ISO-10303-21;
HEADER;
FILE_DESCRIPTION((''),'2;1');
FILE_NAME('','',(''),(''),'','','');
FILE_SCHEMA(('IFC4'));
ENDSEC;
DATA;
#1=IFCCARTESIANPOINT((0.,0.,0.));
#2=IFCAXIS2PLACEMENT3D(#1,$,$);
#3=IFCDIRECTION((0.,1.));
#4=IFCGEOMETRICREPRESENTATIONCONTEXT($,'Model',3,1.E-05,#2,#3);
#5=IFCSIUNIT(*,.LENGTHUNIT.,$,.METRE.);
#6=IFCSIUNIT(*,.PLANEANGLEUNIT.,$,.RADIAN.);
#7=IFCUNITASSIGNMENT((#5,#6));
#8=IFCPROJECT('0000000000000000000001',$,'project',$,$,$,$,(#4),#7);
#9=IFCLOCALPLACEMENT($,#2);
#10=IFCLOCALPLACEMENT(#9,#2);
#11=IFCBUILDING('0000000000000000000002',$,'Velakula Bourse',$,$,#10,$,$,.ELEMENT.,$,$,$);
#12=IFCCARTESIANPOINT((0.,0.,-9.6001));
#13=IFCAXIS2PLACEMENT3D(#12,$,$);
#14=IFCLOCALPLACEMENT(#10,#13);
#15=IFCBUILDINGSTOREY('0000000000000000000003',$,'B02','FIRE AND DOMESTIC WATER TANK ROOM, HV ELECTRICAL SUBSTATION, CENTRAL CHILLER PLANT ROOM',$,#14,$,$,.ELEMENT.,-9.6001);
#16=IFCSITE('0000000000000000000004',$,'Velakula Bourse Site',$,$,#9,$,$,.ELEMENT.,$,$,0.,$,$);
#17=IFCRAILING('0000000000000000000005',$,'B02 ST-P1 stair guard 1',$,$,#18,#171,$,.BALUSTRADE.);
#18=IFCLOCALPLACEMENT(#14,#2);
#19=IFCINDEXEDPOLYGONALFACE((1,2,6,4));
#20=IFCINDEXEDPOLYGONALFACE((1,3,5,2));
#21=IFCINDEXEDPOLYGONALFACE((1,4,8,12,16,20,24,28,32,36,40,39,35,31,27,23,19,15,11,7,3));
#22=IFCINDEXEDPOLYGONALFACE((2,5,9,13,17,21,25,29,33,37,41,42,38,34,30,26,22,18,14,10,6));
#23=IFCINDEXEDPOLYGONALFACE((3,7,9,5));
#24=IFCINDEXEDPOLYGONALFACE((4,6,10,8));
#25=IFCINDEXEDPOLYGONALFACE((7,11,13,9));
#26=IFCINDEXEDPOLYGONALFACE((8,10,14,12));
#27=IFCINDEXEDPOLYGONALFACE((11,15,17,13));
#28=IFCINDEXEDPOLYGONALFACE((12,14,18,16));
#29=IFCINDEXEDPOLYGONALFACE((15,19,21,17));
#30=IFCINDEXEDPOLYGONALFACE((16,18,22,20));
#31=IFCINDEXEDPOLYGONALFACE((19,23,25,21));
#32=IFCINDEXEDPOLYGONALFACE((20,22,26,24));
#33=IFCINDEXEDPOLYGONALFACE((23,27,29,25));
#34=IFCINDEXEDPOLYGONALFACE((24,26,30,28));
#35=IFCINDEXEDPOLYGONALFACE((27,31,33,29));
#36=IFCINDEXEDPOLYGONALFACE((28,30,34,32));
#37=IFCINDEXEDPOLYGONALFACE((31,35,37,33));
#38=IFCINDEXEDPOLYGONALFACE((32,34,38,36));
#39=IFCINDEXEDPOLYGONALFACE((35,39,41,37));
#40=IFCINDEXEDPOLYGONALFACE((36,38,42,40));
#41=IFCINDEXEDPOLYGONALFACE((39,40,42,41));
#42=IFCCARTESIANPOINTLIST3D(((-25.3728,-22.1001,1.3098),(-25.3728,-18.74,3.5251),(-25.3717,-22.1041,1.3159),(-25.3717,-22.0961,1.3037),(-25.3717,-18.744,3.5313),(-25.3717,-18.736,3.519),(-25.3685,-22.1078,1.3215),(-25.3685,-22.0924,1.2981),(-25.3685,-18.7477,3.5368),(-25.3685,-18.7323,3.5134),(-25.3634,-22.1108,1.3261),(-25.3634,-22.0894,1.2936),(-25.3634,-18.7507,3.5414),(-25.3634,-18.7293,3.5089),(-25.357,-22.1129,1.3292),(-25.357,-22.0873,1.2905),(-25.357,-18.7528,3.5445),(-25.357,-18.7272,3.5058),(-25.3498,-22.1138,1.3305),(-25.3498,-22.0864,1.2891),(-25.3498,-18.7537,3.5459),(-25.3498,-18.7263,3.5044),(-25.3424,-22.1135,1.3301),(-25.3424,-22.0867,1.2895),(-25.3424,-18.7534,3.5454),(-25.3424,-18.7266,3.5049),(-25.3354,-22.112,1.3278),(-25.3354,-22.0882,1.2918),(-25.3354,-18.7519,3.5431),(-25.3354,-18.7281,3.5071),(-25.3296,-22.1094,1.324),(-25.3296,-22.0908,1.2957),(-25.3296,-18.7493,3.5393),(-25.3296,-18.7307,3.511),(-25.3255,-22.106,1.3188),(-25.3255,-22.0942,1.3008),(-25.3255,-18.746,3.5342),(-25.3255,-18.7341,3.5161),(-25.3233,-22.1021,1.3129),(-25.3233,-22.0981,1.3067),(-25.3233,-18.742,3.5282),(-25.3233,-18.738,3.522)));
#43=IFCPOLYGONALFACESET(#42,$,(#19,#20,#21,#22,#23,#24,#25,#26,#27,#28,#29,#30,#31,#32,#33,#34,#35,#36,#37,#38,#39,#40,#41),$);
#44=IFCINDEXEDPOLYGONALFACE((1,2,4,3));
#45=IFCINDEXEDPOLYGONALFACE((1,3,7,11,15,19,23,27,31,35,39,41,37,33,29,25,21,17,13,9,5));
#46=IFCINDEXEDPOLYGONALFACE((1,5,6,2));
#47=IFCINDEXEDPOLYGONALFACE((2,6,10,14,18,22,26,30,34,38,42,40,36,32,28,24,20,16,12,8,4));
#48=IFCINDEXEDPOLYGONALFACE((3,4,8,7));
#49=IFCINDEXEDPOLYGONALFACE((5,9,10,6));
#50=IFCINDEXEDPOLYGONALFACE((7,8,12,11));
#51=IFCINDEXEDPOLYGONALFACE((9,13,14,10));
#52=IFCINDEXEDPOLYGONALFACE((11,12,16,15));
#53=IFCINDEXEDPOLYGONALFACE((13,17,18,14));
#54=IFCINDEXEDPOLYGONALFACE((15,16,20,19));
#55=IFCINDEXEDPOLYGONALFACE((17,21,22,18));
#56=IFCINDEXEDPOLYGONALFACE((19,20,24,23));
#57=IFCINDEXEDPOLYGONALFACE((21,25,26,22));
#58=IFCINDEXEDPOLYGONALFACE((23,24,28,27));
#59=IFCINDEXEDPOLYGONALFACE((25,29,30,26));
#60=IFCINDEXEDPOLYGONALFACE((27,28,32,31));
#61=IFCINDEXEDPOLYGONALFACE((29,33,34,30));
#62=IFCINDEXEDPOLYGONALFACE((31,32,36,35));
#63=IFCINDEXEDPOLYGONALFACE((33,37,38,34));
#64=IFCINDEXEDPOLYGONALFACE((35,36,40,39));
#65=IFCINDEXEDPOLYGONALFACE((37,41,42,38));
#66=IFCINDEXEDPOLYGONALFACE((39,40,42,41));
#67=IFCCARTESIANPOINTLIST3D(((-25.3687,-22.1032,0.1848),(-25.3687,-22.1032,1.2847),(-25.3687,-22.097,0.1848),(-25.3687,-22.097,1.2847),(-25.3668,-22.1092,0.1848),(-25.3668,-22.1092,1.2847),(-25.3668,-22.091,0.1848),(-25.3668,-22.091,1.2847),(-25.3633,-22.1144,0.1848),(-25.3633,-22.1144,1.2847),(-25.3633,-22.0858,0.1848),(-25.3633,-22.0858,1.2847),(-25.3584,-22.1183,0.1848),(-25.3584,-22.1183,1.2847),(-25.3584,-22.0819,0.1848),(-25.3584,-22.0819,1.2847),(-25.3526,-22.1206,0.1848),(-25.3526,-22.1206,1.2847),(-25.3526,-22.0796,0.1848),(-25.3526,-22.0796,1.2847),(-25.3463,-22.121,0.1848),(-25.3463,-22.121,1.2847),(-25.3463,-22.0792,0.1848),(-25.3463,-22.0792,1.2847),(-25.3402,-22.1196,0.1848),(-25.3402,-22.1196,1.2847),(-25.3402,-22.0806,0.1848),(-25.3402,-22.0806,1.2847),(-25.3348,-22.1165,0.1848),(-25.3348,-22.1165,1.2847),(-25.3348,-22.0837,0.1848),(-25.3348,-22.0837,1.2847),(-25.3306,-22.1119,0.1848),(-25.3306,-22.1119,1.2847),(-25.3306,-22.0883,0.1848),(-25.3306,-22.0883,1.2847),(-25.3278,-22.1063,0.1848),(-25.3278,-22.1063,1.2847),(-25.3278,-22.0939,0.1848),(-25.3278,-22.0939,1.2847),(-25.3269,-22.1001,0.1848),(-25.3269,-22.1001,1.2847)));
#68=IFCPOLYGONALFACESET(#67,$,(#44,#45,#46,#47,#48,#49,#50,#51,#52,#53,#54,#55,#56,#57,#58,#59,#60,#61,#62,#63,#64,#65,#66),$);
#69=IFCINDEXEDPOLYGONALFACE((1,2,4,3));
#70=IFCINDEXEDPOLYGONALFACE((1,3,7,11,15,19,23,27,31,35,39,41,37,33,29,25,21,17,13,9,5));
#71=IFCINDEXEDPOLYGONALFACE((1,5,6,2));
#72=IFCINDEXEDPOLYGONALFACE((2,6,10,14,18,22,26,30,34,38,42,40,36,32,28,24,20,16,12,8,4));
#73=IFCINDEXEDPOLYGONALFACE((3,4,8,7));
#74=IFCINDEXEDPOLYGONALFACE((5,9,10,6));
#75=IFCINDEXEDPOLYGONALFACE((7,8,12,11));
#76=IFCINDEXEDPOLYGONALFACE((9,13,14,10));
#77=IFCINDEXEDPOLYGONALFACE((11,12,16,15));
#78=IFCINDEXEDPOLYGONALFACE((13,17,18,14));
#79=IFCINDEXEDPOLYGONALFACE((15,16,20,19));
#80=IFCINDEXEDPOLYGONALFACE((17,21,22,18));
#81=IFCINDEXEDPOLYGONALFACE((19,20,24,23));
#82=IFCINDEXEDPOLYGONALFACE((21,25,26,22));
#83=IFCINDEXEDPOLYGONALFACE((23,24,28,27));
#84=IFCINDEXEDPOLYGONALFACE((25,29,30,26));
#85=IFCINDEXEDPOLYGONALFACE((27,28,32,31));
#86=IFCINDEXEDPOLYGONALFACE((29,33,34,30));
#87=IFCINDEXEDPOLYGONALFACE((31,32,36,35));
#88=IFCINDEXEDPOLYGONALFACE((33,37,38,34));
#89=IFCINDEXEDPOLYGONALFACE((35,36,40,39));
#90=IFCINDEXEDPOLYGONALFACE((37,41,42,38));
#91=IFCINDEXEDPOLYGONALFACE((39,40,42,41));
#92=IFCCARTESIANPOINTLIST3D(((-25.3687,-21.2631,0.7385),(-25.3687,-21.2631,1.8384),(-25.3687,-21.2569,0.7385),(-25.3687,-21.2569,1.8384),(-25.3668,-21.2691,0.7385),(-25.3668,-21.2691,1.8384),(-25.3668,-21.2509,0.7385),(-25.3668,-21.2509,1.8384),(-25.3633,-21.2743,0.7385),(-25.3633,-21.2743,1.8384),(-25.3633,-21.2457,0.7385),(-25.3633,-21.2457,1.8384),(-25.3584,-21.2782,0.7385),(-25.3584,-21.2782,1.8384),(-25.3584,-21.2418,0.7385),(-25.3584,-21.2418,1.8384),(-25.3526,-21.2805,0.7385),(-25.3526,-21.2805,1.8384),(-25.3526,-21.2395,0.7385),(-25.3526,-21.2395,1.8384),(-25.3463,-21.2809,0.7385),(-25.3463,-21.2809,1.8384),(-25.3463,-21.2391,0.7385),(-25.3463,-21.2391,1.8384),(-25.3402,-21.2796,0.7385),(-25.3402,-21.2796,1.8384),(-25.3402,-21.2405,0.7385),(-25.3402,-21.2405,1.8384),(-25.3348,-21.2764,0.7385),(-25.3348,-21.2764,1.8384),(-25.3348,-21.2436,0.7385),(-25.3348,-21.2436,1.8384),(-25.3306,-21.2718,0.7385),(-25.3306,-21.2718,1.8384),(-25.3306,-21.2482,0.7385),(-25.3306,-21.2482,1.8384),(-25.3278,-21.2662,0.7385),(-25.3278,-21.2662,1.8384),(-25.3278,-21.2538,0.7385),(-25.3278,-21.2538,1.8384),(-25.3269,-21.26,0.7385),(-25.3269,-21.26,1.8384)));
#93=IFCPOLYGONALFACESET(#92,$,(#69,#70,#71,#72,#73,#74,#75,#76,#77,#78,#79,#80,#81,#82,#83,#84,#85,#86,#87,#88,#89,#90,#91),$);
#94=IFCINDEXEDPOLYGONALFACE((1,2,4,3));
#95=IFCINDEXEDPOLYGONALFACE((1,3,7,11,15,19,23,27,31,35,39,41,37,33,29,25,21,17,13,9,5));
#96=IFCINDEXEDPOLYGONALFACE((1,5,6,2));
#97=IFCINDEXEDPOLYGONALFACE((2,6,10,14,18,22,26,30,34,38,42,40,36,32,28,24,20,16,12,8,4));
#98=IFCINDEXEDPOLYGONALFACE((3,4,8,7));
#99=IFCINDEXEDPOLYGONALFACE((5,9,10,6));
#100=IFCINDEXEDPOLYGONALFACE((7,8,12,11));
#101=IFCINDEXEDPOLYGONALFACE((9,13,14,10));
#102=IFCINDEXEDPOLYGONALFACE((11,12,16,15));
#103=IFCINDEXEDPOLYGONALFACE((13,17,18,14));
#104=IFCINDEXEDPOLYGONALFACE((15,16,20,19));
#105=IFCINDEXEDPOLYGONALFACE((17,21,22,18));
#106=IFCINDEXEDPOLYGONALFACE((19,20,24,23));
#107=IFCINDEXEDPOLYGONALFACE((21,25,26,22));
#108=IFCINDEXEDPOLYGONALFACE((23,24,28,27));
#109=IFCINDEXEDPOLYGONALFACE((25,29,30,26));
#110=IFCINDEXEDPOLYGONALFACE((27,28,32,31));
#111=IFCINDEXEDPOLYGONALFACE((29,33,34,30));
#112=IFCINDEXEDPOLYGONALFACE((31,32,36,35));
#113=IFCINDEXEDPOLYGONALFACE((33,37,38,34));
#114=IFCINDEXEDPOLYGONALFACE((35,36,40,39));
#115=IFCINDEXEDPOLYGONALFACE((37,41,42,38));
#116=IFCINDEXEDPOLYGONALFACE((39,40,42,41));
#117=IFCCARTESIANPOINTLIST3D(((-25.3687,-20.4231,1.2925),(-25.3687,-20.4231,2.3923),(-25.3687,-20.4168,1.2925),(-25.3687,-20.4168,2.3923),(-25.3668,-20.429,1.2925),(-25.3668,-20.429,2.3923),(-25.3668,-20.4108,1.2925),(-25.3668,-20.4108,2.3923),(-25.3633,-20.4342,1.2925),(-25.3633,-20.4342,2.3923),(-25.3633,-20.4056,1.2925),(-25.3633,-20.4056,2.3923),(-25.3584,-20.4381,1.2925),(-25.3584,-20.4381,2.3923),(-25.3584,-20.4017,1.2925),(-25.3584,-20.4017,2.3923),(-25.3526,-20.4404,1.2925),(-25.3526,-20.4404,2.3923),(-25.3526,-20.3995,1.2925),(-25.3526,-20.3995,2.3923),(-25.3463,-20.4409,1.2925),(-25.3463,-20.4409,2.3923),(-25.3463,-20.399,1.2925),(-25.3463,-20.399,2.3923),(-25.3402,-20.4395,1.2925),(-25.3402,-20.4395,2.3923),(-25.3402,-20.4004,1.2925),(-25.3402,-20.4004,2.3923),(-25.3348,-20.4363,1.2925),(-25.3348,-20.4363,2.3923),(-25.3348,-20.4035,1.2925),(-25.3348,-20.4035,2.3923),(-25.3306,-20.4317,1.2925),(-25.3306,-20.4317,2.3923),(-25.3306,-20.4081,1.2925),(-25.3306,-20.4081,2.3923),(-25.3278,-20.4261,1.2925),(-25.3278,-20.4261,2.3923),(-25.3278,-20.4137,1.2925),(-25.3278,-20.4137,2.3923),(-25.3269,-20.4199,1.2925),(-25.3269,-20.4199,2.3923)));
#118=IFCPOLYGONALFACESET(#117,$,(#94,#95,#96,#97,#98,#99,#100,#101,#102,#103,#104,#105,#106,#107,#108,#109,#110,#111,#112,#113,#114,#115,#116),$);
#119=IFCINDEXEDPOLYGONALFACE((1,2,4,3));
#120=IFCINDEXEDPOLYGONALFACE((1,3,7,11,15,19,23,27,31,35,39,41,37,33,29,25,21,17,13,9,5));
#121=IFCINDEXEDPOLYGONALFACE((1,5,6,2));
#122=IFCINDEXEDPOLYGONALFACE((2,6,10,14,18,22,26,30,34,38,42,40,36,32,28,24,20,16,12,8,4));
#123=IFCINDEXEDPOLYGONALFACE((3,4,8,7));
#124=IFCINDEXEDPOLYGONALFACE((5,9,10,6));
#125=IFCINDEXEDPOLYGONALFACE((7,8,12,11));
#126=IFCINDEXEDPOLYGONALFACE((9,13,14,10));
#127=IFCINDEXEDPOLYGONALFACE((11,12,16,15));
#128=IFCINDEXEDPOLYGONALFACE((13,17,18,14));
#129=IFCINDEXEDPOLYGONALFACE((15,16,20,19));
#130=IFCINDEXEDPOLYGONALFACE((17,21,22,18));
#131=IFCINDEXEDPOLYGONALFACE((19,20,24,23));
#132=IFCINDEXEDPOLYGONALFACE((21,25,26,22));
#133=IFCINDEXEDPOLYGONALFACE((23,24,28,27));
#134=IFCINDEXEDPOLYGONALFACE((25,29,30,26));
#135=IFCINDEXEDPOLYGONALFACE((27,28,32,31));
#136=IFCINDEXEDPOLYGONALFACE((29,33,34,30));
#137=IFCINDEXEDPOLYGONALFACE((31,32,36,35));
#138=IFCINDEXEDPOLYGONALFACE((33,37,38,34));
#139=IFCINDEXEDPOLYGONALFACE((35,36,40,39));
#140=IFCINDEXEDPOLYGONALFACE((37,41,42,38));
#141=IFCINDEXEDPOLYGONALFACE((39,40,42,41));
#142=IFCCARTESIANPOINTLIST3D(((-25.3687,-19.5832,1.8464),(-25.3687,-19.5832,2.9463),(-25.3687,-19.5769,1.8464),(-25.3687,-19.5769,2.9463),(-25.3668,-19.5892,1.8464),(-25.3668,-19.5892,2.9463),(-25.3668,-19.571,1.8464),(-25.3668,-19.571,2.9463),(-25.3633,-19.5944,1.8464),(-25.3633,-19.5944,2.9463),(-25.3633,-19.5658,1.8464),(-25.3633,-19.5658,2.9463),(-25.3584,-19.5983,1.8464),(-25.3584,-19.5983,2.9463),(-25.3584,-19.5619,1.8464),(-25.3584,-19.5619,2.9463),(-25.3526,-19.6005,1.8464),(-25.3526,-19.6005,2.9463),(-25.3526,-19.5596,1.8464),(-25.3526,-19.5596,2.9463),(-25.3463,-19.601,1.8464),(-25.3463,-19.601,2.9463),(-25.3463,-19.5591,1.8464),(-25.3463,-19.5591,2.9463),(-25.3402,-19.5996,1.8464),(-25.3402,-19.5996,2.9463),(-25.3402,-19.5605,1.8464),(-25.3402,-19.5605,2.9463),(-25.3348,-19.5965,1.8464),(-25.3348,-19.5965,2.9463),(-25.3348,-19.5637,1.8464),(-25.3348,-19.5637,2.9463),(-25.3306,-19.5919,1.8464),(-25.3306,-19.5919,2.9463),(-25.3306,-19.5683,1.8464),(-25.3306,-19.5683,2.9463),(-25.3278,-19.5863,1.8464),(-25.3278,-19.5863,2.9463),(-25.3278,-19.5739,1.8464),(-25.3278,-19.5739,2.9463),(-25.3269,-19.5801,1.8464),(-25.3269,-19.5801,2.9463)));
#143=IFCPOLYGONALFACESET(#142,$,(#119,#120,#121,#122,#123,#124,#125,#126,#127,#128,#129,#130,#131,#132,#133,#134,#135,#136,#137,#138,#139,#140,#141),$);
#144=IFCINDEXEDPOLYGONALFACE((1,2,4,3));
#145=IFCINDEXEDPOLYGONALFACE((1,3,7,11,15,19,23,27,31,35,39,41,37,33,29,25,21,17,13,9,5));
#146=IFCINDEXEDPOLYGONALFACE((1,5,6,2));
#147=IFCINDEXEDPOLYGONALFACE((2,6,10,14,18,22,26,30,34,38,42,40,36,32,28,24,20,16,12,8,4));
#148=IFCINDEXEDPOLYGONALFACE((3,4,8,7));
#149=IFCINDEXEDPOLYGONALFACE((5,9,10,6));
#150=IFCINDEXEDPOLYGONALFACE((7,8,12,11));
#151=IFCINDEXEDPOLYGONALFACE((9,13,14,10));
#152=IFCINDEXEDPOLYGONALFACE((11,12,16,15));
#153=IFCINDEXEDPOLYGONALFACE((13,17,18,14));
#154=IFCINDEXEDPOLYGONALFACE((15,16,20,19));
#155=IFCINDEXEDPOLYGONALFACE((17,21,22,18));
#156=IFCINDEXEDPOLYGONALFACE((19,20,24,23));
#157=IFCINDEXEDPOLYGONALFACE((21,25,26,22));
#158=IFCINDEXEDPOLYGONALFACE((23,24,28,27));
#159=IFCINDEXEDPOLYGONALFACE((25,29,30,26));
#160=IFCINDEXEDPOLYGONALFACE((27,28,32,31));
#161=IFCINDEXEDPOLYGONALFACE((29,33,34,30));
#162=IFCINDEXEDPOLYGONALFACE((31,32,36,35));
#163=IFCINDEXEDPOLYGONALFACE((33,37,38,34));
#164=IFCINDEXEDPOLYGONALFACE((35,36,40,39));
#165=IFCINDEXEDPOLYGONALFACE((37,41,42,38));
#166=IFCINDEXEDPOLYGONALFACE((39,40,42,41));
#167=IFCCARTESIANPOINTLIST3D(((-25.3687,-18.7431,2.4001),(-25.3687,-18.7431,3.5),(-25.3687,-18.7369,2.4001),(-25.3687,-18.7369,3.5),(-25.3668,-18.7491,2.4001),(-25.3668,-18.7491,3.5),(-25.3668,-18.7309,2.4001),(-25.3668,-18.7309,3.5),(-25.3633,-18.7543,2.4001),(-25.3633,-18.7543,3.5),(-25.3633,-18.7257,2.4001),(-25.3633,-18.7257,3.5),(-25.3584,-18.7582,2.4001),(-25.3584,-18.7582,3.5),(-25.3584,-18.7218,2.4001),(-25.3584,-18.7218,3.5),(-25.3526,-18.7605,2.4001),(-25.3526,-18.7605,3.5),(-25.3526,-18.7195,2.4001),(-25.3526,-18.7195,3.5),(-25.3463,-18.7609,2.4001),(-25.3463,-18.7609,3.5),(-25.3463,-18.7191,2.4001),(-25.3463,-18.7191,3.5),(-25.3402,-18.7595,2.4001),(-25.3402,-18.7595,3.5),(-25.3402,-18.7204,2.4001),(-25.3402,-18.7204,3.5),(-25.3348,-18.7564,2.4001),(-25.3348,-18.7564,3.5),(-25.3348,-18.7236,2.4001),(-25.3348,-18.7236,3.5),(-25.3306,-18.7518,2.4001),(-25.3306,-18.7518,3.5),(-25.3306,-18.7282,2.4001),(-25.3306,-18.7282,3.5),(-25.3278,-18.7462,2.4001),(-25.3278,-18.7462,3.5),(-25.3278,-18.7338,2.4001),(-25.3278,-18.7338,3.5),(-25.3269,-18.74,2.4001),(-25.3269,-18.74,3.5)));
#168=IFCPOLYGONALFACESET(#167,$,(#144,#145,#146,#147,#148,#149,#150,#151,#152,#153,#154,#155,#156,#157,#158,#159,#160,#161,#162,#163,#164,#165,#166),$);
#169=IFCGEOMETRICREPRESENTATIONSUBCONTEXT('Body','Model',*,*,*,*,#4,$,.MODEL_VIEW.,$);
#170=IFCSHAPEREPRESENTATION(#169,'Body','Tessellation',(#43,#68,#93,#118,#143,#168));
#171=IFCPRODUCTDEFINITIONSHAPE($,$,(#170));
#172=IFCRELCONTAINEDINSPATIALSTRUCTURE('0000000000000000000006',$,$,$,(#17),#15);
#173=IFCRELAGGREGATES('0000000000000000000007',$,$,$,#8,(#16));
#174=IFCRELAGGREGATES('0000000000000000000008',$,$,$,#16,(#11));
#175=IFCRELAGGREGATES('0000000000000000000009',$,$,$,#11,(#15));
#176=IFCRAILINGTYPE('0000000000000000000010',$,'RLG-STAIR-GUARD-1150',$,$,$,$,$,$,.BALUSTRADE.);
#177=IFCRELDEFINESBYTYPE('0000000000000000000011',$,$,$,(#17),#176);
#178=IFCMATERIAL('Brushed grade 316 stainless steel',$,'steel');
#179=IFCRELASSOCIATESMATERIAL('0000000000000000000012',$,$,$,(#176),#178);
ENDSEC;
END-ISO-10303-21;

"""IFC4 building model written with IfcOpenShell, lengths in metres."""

from ifc_helpers import new_model, si_unit, direction, frame, origin, origin_2d, place, context, subcontext, project, spatial, circle, extrude, material, type_object, element, save


model = new_model("IFC4")

# Units and contexts
model_context = context("Model", 3, precision=1e-05, world=origin(), true_north=direction((0.0, 1.0)))
body_context = subcontext(model_context, "Body", "Model", "MODEL_VIEW")
ifc_project = project(units=[si_unit("LENGTHUNIT", "METRE"), si_unit("PLANEANGLEUNIT", "RADIAN")], contexts=[model_context])

# Site, building, storey
site_placement = place(None, origin())
site = spatial("IfcSite", under=ifc_project, at=site_placement, Name="Velakula Bourse Site", CompositionType="ELEMENT", RefElevation=0.0)
building_placement = place(site_placement, origin())
building = spatial("IfcBuilding", under=site, at=building_placement, Name="Velakula Bourse", CompositionType="ELEMENT")
storey_placement = place(building_placement, frame((0.0, 0.0, -9.6001)))
storey = spatial("IfcBuildingStorey", under=building, at=storey_placement, Name="B02", Description="FIRE AND DOMESTIC WATER TANK ROOM, HV ELECTRICAL SUBSTATION, CENTRAL CHILLER PLANT ROOM", CompositionType="ELEMENT", Elevation=-9.6001)

# Railing
ifc_material_1 = material(Name="Brushed grade 316 stainless steel", Category="steel")
railing_type_1 = type_object("IfcRailingType", Name="RLG-STAIR-GUARD-1150", PredefinedType="BALUSTRADE", material=ifc_material_1)
railing_1_placement = place(storey_placement, frame((-25.3479, -22.1001, 0.1848)))
element("IfcRailing", 1, at=railing_1_placement, inside=storey, type_object=railing_type_1, Name="B02 ST-P1 stair guard 1", PredefinedType="BALUSTRADE", context=body_context, shape_type="SweptSolid", body=[
    extrude(circle(Radius=0.0249, at=origin_2d()), frame((0.0, 0.0, 1.125), z_axis=(0.0, 0.834876, 0.550437), x_axis=(-1.0, 0.0, 0.0)), (0.0, 0.0, 1.0), 4.0247),
    extrude(circle(Radius=0.021, at=origin_2d()), origin(), (0.0, 0.0, 1.0), 1.0999),
    extrude(circle(Radius=0.021, at=origin_2d()), frame((0.0, 0.8401, 0.5537)), (0.0, 0.0, 1.0), 1.0999),
    extrude(circle(Radius=0.021, at=origin_2d()), frame((0.0, 1.6802, 1.1077)), (0.0, 0.0, 1.0), 1.0999),
    extrude(circle(Radius=0.021, at=origin_2d()), frame((0.0, 2.52, 1.6616)), (0.0, 0.0, 1.0), 1.0999),
    extrude(circle(Radius=0.021, at=origin_2d()), frame((0.0, 3.3601, 2.2153)), (0.0, 0.0, 1.0), 1.0999),
])

save(model, "model.ifc")
